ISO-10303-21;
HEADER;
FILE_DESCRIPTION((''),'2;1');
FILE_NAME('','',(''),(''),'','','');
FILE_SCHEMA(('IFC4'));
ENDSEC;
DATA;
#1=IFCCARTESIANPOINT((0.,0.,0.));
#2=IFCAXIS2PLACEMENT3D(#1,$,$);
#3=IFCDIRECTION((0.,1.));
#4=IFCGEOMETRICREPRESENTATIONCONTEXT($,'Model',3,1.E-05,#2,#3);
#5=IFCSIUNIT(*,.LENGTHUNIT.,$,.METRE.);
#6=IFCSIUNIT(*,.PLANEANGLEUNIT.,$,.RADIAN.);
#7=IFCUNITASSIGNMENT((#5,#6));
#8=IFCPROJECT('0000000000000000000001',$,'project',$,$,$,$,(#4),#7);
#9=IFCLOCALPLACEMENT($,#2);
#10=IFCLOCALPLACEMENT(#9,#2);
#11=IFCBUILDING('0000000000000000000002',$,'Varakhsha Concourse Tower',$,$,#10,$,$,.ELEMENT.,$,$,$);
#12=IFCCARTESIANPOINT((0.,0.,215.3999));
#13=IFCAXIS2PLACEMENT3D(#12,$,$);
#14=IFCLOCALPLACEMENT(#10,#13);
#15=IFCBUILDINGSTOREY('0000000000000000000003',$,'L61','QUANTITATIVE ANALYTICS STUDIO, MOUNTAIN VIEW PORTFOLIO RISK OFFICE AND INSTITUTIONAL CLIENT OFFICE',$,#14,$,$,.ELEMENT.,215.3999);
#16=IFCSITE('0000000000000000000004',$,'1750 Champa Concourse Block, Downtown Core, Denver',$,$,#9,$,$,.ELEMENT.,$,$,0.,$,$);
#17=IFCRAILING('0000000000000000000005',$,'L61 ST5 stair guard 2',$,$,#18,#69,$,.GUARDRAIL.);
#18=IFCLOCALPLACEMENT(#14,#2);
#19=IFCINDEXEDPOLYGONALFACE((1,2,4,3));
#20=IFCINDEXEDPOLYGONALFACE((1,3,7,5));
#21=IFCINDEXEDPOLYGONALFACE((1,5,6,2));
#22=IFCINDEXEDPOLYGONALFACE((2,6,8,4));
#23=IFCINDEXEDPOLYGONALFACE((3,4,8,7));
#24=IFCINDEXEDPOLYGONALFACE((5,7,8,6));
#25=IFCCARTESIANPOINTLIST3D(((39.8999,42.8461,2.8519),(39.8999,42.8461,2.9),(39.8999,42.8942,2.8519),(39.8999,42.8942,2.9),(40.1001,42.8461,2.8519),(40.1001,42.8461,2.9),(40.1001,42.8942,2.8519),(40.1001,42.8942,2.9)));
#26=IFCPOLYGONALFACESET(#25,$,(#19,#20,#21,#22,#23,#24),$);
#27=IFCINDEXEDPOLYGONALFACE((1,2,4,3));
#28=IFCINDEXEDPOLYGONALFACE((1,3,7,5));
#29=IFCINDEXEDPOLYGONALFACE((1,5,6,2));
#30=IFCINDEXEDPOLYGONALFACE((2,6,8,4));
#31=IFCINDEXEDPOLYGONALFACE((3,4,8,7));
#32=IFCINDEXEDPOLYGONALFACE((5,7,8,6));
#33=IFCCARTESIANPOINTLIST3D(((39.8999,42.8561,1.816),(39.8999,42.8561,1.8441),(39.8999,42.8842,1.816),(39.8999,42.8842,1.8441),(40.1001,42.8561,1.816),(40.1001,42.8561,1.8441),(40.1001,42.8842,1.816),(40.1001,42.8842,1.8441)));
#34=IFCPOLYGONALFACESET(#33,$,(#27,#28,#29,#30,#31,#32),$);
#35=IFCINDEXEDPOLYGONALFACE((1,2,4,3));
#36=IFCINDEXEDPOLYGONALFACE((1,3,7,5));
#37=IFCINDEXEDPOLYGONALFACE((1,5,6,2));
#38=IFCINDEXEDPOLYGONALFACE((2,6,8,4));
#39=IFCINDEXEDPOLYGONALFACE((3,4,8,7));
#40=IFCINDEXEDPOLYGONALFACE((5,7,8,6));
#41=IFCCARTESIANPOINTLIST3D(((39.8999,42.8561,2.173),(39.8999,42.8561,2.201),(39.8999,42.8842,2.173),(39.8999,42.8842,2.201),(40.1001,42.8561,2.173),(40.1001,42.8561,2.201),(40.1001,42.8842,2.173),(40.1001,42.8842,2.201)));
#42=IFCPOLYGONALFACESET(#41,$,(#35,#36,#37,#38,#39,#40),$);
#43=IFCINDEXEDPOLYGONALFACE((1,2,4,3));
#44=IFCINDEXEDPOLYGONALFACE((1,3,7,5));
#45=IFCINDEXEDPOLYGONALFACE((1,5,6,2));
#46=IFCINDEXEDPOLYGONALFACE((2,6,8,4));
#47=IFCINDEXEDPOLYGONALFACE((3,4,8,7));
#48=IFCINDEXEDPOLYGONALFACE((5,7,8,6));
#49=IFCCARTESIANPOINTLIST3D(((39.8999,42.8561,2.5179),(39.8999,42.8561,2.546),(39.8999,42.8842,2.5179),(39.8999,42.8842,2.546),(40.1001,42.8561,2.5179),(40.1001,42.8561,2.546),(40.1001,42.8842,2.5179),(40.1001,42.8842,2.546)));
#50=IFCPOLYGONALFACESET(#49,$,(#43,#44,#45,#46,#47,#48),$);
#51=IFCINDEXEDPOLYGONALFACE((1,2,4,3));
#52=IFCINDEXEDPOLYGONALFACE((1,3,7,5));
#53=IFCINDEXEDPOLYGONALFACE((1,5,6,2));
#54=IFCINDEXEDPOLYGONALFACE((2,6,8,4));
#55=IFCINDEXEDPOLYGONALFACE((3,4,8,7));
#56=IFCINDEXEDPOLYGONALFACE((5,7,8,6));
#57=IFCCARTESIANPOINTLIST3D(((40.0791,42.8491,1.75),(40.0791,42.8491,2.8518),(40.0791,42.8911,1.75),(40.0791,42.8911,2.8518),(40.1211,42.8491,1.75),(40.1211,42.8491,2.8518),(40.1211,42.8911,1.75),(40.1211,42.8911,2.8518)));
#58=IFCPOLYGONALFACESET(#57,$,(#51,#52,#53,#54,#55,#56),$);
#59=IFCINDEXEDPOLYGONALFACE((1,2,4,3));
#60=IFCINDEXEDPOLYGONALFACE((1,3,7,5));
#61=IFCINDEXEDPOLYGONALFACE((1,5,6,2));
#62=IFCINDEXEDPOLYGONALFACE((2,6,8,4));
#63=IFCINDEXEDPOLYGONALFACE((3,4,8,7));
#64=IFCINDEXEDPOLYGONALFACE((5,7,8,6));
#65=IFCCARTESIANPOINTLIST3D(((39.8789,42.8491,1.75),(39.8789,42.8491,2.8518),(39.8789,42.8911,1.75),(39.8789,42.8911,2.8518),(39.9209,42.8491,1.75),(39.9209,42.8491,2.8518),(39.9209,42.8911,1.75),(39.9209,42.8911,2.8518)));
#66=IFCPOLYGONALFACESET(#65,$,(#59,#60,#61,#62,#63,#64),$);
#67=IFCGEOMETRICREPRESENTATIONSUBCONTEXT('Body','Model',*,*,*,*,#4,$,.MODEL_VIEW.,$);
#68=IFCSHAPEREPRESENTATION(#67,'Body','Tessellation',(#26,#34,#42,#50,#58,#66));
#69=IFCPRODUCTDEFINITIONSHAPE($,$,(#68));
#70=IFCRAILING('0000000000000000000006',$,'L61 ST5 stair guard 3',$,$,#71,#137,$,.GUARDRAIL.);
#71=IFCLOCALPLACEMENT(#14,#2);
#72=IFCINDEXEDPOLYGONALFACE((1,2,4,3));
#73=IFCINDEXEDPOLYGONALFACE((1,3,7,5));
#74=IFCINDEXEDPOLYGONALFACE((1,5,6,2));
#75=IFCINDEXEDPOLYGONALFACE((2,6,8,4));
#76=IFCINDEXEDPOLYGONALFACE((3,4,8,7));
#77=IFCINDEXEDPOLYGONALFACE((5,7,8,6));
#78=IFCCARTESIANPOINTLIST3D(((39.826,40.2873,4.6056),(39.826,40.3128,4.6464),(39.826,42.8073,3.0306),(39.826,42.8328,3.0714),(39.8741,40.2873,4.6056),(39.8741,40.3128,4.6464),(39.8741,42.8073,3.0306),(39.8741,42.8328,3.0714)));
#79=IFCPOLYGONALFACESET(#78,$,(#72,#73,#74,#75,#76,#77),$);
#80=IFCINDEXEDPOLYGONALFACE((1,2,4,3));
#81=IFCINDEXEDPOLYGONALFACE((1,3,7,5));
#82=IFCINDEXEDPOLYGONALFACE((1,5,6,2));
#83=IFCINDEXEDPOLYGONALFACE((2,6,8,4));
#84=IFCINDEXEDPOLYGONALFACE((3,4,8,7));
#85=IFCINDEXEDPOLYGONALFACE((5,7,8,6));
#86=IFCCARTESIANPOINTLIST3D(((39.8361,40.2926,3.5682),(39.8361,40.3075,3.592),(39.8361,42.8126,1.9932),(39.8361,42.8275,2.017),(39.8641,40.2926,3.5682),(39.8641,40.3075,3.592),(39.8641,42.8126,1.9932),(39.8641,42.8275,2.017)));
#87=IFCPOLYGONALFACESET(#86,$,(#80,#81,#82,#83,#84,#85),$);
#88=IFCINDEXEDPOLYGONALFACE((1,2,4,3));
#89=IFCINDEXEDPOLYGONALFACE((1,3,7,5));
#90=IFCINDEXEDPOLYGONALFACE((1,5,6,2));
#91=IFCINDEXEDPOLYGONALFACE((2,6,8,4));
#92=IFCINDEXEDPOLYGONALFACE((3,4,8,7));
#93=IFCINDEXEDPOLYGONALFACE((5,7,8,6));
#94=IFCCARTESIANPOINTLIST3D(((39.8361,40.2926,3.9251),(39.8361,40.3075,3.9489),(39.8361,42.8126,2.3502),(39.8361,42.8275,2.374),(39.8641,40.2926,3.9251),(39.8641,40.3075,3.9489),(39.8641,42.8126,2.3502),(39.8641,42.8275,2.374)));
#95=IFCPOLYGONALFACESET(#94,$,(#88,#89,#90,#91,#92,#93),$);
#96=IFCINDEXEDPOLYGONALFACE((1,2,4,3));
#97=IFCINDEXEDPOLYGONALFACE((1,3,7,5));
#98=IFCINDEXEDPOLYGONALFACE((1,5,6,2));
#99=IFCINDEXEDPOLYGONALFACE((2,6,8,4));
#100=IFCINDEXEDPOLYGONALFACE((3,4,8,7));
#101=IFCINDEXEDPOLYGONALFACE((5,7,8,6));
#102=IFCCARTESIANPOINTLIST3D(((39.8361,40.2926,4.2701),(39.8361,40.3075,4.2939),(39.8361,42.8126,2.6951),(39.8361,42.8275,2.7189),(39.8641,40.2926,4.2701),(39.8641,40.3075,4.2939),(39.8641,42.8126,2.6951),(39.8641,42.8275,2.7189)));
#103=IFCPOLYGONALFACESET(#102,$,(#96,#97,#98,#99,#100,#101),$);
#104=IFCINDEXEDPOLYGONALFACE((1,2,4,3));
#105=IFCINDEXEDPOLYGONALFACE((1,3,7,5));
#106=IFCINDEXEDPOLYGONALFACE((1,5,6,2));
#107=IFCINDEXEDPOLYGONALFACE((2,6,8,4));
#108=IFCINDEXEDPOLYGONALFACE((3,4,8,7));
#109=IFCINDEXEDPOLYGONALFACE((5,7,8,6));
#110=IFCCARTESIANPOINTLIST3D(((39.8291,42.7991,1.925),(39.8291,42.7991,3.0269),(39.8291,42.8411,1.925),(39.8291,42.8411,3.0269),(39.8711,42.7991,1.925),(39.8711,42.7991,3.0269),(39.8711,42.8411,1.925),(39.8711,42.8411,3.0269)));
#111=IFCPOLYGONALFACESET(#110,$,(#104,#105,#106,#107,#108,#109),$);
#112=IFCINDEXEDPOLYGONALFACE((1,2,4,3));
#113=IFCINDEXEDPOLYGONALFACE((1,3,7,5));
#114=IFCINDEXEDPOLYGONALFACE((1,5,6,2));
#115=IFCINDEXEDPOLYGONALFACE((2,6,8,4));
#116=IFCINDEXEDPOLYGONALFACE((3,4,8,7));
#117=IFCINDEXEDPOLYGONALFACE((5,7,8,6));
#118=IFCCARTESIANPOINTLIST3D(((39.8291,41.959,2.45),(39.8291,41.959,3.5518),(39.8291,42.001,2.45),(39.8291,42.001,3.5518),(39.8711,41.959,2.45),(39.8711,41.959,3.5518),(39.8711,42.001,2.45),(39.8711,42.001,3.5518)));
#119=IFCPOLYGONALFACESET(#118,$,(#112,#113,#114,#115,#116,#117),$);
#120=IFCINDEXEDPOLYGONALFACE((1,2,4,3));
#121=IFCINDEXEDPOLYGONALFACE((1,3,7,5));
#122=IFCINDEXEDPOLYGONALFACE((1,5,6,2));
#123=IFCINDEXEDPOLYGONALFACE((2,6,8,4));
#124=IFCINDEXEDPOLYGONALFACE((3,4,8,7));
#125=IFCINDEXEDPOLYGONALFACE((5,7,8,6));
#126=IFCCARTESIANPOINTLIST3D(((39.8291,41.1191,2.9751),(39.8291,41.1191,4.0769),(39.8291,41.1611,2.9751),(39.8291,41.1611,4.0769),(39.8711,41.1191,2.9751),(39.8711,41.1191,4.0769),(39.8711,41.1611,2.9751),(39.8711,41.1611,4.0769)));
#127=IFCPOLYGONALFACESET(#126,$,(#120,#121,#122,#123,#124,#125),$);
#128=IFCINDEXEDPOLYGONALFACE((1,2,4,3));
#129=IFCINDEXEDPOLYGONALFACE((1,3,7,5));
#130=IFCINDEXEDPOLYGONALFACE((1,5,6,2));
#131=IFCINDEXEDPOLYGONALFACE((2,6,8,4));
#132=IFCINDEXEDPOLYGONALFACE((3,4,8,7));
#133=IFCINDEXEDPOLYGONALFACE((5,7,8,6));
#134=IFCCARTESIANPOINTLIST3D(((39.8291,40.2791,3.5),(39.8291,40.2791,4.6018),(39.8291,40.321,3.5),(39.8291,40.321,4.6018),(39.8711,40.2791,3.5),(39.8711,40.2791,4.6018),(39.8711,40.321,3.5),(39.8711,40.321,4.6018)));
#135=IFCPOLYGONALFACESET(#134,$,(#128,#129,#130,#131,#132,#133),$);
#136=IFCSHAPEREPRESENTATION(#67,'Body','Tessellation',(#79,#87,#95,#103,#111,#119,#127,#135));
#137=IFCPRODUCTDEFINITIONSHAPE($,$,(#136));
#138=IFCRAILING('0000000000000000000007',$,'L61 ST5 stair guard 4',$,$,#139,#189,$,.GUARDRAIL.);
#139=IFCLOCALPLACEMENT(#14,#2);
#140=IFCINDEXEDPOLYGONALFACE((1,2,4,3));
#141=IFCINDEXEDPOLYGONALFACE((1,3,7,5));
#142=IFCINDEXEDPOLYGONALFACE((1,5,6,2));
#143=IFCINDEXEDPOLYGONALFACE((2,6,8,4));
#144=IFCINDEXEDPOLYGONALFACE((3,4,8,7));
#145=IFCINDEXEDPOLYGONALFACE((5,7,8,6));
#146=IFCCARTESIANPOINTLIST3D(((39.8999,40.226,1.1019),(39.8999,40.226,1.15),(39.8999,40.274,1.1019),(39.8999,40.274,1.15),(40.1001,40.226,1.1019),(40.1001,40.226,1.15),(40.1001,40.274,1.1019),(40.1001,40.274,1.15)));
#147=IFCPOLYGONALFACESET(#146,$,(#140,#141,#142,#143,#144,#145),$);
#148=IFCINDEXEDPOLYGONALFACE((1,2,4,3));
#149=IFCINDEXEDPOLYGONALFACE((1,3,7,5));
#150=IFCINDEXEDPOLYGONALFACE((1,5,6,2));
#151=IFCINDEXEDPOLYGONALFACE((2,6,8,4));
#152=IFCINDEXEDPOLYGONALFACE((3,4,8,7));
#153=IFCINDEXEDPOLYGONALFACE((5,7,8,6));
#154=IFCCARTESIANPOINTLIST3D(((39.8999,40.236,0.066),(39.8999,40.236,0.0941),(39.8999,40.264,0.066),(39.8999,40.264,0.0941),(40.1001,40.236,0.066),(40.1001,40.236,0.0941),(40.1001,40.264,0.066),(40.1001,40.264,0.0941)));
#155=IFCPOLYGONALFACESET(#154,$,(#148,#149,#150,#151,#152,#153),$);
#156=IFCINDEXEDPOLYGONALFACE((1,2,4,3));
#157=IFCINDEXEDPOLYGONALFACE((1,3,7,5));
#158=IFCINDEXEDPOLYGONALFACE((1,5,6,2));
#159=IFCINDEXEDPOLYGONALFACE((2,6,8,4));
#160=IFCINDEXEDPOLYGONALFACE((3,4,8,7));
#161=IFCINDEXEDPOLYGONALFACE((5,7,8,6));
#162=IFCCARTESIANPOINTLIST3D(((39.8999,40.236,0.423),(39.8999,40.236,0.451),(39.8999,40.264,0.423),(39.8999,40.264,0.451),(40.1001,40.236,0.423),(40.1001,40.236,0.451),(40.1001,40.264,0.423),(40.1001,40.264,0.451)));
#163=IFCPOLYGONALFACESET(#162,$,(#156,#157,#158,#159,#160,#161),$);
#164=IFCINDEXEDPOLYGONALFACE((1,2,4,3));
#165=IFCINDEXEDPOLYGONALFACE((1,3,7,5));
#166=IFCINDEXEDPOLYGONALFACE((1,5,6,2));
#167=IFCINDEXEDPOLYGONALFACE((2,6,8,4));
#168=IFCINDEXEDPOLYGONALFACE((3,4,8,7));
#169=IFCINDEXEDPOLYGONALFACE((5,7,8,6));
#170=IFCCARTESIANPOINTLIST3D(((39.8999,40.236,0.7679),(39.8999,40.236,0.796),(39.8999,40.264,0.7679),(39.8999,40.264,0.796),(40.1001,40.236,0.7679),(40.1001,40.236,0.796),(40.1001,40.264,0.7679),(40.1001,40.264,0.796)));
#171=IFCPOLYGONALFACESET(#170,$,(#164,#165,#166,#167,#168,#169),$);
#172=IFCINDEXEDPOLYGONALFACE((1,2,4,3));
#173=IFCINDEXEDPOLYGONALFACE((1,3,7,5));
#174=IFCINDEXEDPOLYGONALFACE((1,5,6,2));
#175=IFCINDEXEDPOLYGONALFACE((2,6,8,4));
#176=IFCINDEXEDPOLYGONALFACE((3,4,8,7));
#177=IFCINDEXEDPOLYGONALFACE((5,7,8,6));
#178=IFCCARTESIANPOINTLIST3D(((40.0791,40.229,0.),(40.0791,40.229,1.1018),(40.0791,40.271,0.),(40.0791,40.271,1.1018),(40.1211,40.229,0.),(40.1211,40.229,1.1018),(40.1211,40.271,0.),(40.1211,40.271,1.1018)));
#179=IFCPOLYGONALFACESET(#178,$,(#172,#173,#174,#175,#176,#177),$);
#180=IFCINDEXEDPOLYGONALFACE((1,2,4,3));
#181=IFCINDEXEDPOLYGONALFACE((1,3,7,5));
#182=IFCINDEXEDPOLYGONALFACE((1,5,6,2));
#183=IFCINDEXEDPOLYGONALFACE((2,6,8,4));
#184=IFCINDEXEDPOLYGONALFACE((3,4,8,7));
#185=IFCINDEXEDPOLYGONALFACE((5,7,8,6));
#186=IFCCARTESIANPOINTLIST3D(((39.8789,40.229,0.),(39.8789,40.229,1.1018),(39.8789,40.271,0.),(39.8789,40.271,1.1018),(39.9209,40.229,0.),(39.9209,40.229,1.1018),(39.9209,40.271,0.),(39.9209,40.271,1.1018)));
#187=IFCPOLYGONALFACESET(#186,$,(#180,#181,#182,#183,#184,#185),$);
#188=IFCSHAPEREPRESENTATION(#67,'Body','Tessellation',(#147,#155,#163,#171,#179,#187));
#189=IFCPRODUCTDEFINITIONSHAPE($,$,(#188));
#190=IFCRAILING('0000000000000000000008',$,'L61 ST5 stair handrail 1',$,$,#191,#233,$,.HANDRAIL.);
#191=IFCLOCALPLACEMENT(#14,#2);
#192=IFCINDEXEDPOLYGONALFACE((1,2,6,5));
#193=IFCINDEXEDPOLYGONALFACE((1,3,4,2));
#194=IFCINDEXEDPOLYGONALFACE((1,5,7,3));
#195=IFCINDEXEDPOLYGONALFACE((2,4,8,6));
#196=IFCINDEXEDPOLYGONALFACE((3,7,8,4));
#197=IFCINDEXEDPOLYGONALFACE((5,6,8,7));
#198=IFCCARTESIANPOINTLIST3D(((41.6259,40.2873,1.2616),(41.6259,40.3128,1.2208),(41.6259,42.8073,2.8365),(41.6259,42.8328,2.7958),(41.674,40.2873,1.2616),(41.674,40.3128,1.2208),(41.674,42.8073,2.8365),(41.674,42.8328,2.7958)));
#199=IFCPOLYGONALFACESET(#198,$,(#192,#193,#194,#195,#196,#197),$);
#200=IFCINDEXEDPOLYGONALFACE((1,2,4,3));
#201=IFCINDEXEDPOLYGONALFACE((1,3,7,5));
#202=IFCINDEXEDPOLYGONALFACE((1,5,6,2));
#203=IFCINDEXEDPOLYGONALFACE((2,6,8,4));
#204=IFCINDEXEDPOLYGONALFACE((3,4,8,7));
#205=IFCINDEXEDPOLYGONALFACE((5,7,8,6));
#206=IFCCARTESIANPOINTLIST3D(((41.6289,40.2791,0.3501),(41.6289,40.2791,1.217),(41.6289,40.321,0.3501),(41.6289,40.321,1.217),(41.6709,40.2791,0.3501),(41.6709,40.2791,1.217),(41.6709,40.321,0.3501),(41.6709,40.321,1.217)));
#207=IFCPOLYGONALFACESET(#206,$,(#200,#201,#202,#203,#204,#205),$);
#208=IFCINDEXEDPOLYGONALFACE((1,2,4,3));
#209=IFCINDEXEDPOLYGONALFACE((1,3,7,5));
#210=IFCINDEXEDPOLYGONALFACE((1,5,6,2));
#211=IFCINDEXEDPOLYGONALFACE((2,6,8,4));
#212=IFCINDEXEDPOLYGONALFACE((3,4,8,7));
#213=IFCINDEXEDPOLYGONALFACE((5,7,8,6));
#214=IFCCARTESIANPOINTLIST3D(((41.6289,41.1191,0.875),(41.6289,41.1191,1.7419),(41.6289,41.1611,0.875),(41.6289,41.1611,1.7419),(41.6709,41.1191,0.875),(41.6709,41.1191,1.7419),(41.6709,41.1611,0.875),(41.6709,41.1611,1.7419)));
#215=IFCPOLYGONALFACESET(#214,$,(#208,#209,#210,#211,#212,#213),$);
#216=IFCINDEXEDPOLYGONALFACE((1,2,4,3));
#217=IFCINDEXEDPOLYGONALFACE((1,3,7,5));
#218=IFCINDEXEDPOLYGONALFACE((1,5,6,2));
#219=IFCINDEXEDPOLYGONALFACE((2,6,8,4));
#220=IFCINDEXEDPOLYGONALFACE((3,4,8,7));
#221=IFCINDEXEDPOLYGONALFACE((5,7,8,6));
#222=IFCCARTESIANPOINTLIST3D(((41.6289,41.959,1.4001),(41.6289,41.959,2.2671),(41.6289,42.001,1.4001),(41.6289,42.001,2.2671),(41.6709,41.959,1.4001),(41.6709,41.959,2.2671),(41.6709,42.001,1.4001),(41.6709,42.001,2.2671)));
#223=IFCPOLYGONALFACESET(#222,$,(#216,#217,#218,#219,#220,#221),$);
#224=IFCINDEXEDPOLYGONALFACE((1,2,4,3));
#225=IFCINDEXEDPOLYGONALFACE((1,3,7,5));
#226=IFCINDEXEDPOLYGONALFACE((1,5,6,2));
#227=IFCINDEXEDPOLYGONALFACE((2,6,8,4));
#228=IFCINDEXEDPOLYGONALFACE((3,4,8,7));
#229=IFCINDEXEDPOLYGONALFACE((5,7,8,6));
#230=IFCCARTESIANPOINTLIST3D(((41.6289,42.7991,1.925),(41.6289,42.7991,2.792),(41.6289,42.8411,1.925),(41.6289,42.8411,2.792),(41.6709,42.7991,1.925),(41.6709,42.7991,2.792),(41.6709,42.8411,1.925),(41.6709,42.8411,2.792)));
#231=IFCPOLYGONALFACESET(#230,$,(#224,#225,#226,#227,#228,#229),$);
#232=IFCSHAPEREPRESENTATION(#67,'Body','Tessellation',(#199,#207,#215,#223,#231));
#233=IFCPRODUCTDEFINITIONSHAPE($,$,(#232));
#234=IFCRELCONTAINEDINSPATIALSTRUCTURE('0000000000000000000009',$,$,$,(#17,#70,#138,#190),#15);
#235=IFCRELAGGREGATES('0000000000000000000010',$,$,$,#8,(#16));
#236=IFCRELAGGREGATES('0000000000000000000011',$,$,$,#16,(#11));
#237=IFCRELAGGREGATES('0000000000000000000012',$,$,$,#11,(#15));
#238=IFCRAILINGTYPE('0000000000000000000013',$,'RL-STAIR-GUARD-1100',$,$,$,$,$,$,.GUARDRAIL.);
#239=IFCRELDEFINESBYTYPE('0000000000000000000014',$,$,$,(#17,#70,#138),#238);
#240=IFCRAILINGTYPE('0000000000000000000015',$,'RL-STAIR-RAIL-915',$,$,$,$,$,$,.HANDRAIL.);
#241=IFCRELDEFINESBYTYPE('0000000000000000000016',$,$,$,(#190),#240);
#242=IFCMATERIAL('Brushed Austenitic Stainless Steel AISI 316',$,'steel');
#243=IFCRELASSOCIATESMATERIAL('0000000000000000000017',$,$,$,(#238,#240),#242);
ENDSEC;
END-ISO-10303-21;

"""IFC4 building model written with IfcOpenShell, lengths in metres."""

from ifc_helpers import new_model, si_unit, direction, frame, origin, origin_2d, place, context, subcontext, project, spatial, rectangle, extrude, material, type_object, element, save


model = new_model("IFC4")

# Units and contexts
model_context = context("Model", 3, precision=1e-05, world=origin(), true_north=direction((0.0, 1.0)))
body_context = subcontext(model_context, "Body", "Model", "MODEL_VIEW")
ifc_project = project(units=[si_unit("LENGTHUNIT", "METRE"), si_unit("PLANEANGLEUNIT", "RADIAN")], contexts=[model_context])

# Site, building, storey
site_placement = place(None, origin())
site = spatial("IfcSite", under=ifc_project, at=site_placement, Name="1750 Champa Concourse Block, Downtown Core, Denver", CompositionType="ELEMENT", RefElevation=0.0)
building_placement = place(site_placement, origin())
building = spatial("IfcBuilding", under=site, at=building_placement, Name="Varakhsha Concourse Tower", CompositionType="ELEMENT")
storey_placement = place(building_placement, frame((0.0, 0.0, 215.3999)))
storey = spatial("IfcBuildingStorey", under=building, at=storey_placement, Name="L61", Description="QUANTITATIVE ANALYTICS STUDIO, MOUNTAIN VIEW PORTFOLIO RISK OFFICE AND INSTITUTIONAL CLIENT OFFICE", CompositionType="ELEMENT", Elevation=215.3999)

# Railings
ifc_material_1 = material(Name="Brushed Austenitic Stainless Steel AISI 316", Category="steel")
railing_type_1 = type_object("IfcRailingType", Name="RL-STAIR-GUARD-1100", PredefinedType="GUARDRAIL", material=ifc_material_1)
railing_1_placement = place(storey_placement, frame((40.1001, 42.8701, 1.75)))
element("IfcRailing", 1, at=railing_1_placement, inside=storey, type_object=railing_type_1, Name="L61 ST5 stair guard 2", PredefinedType="GUARDRAIL", context=body_context, shape_type="SweptSolid", body=[
    extrude(rectangle(XDim=0.0481, YDim=0.0481, at=origin_2d()), frame((0.0, 0.0, 1.126), z_axis=(-1.0, 0.0, 0.0), x_axis=(0.0, -1.0, 0.0)), (0.0, 0.0, 1.0), 0.2002),
    extrude(rectangle(XDim=0.0281, YDim=0.0281, at=origin_2d()), frame((0.0, 0.0, 0.0801), z_axis=(-1.0, 0.0, 0.0), x_axis=(0.0, -1.0, 0.0)), (0.0, 0.0, 1.0), 0.2002),
    extrude(rectangle(XDim=0.0281, YDim=0.0281, at=origin_2d()), frame((0.0, 0.0, 0.437), z_axis=(-1.0, 0.0, 0.0), x_axis=(0.0, -1.0, 0.0)), (0.0, 0.0, 1.0), 0.2002),
    extrude(rectangle(XDim=0.0281, YDim=0.0281, at=origin_2d()), frame((0.0, 0.0, 0.782), z_axis=(-1.0, 0.0, 0.0), x_axis=(0.0, -1.0, 0.0)), (0.0, 0.0, 1.0), 0.2002),
    extrude(rectangle(XDim=0.042, YDim=0.042, at=origin_2d()), origin(), (0.0, 0.0, 1.0), 1.1018),
    extrude(rectangle(XDim=0.042, YDim=0.042, at=origin_2d()), frame((-0.2002, 0.0, 0.0)), (0.0, 0.0, 1.0), 1.1018),
])
railing_2_placement = place(storey_placement, frame((39.8501, 42.8201, 1.925)))
element("IfcRailing", 2, at=railing_2_placement, inside=storey, type_object=railing_type_1, Name="L61 ST5 stair guard 3", PredefinedType="GUARDRAIL", context=body_context, shape_type="SweptSolid", body=[
    extrude(rectangle(XDim=0.0481, YDim=0.0481, at=origin_2d()), frame((0.0, 0.0, 1.126), z_axis=(0.0, -0.848008, 0.529984), x_axis=(1.0, 0.0, 0.0)), (0.0, 0.0, 1.0), 2.9717),
    extrude(rectangle(XDim=0.0281, YDim=0.0281, at=origin_2d()), frame((0.0, 0.0, 0.0801), z_axis=(0.0, -0.848008, 0.529984), x_axis=(1.0, 0.0, 0.0)), (0.0, 0.0, 1.0), 2.9717),
    extrude(rectangle(XDim=0.0281, YDim=0.0281, at=origin_2d()), frame((0.0, 0.0, 0.437), z_axis=(0.0, -0.848008, 0.529984), x_axis=(1.0, 0.0, 0.0)), (0.0, 0.0, 1.0), 2.9717),
    extrude(rectangle(XDim=0.0281, YDim=0.0281, at=origin_2d()), frame((0.0, 0.0, 0.782), z_axis=(0.0, -0.848008, 0.529984), x_axis=(1.0, 0.0, 0.0)), (0.0, 0.0, 1.0), 2.9717),
    extrude(rectangle(XDim=0.042, YDim=0.042, at=origin_2d()), origin(), (0.0, 0.0, 1.0), 1.1018),
    extrude(rectangle(XDim=0.042, YDim=0.042, at=origin_2d()), frame((0.0, -0.8401, 0.5249)), (0.0, 0.0, 1.0), 1.1018),
    extrude(rectangle(XDim=0.042, YDim=0.042, at=origin_2d()), frame((0.0, -1.6799, 1.05)), (0.0, 0.0, 1.0), 1.1018),
    extrude(rectangle(XDim=0.042, YDim=0.042, at=origin_2d()), frame((0.0, -2.52, 1.575)), (0.0, 0.0, 1.0), 1.1018),
])
railing_3_placement = place(storey_placement, frame((40.1001, 40.25, 0.0)))
element("IfcRailing", 3, at=railing_3_placement, inside=storey, type_object=railing_type_1, Name="L61 ST5 stair guard 4", PredefinedType="GUARDRAIL", context=body_context, shape_type="SweptSolid", body=[
    extrude(rectangle(XDim=0.0481, YDim=0.0481, at=origin_2d()), frame((0.0, 0.0, 1.126), z_axis=(-1.0, 0.0, 0.0), x_axis=(0.0, -1.0, 0.0)), (0.0, 0.0, 1.0), 0.2002),
    extrude(rectangle(XDim=0.0281, YDim=0.0281, at=origin_2d()), frame((0.0, 0.0, 0.0801), z_axis=(-1.0, 0.0, 0.0), x_axis=(0.0, -1.0, 0.0)), (0.0, 0.0, 1.0), 0.2002),
    extrude(rectangle(XDim=0.0281, YDim=0.0281, at=origin_2d()), frame((0.0, 0.0, 0.437), z_axis=(-1.0, 0.0, 0.0), x_axis=(0.0, -1.0, 0.0)), (0.0, 0.0, 1.0), 0.2002),
    extrude(rectangle(XDim=0.0281, YDim=0.0281, at=origin_2d()), frame((0.0, 0.0, 0.782), z_axis=(-1.0, 0.0, 0.0), x_axis=(0.0, -1.0, 0.0)), (0.0, 0.0, 1.0), 0.2002),
    extrude(rectangle(XDim=0.042, YDim=0.042, at=origin_2d()), origin(), (0.0, 0.0, 1.0), 1.1018),
    extrude(rectangle(XDim=0.042, YDim=0.042, at=origin_2d()), frame((-0.2002, 0.0, 0.0)), (0.0, 0.0, 1.0), 1.1018),
])
railing_type_2 = type_object("IfcRailingType", Name="RL-STAIR-RAIL-915", PredefinedType="HANDRAIL", material=ifc_material_1)
railing_4_placement = place(storey_placement, frame((41.6499, 40.3, 0.3501)))
element("IfcRailing", 4, at=railing_4_placement, inside=storey, type_object=railing_type_2, Name="L61 ST5 stair handrail 1", PredefinedType="HANDRAIL", context=body_context, shape_type="SweptSolid", body=[
    extrude(rectangle(XDim=0.0481, YDim=0.0481, at=origin_2d()), frame((0.0, 0.0, 0.8911), z_axis=(0.0, 0.848008, 0.529984), x_axis=(-1.0, 0.0, 0.0)), (0.0, 0.0, 1.0), 2.9717),
    extrude(rectangle(XDim=0.042, YDim=0.042, at=origin_2d()), origin(), (0.0, 0.0, 1.0), 0.8669),
    extrude(rectangle(XDim=0.042, YDim=0.042, at=origin_2d()), frame((0.0, 0.8401, 0.5249)), (0.0, 0.0, 1.0), 0.8669),
    extrude(rectangle(XDim=0.042, YDim=0.042, at=origin_2d()), frame((0.0, 1.6799, 1.05)), (0.0, 0.0, 1.0), 0.8669),
    extrude(rectangle(XDim=0.042, YDim=0.042, at=origin_2d()), frame((0.0, 2.52, 1.575)), (0.0, 0.0, 1.0), 0.8669),
])

save(model, "model.ifc")
